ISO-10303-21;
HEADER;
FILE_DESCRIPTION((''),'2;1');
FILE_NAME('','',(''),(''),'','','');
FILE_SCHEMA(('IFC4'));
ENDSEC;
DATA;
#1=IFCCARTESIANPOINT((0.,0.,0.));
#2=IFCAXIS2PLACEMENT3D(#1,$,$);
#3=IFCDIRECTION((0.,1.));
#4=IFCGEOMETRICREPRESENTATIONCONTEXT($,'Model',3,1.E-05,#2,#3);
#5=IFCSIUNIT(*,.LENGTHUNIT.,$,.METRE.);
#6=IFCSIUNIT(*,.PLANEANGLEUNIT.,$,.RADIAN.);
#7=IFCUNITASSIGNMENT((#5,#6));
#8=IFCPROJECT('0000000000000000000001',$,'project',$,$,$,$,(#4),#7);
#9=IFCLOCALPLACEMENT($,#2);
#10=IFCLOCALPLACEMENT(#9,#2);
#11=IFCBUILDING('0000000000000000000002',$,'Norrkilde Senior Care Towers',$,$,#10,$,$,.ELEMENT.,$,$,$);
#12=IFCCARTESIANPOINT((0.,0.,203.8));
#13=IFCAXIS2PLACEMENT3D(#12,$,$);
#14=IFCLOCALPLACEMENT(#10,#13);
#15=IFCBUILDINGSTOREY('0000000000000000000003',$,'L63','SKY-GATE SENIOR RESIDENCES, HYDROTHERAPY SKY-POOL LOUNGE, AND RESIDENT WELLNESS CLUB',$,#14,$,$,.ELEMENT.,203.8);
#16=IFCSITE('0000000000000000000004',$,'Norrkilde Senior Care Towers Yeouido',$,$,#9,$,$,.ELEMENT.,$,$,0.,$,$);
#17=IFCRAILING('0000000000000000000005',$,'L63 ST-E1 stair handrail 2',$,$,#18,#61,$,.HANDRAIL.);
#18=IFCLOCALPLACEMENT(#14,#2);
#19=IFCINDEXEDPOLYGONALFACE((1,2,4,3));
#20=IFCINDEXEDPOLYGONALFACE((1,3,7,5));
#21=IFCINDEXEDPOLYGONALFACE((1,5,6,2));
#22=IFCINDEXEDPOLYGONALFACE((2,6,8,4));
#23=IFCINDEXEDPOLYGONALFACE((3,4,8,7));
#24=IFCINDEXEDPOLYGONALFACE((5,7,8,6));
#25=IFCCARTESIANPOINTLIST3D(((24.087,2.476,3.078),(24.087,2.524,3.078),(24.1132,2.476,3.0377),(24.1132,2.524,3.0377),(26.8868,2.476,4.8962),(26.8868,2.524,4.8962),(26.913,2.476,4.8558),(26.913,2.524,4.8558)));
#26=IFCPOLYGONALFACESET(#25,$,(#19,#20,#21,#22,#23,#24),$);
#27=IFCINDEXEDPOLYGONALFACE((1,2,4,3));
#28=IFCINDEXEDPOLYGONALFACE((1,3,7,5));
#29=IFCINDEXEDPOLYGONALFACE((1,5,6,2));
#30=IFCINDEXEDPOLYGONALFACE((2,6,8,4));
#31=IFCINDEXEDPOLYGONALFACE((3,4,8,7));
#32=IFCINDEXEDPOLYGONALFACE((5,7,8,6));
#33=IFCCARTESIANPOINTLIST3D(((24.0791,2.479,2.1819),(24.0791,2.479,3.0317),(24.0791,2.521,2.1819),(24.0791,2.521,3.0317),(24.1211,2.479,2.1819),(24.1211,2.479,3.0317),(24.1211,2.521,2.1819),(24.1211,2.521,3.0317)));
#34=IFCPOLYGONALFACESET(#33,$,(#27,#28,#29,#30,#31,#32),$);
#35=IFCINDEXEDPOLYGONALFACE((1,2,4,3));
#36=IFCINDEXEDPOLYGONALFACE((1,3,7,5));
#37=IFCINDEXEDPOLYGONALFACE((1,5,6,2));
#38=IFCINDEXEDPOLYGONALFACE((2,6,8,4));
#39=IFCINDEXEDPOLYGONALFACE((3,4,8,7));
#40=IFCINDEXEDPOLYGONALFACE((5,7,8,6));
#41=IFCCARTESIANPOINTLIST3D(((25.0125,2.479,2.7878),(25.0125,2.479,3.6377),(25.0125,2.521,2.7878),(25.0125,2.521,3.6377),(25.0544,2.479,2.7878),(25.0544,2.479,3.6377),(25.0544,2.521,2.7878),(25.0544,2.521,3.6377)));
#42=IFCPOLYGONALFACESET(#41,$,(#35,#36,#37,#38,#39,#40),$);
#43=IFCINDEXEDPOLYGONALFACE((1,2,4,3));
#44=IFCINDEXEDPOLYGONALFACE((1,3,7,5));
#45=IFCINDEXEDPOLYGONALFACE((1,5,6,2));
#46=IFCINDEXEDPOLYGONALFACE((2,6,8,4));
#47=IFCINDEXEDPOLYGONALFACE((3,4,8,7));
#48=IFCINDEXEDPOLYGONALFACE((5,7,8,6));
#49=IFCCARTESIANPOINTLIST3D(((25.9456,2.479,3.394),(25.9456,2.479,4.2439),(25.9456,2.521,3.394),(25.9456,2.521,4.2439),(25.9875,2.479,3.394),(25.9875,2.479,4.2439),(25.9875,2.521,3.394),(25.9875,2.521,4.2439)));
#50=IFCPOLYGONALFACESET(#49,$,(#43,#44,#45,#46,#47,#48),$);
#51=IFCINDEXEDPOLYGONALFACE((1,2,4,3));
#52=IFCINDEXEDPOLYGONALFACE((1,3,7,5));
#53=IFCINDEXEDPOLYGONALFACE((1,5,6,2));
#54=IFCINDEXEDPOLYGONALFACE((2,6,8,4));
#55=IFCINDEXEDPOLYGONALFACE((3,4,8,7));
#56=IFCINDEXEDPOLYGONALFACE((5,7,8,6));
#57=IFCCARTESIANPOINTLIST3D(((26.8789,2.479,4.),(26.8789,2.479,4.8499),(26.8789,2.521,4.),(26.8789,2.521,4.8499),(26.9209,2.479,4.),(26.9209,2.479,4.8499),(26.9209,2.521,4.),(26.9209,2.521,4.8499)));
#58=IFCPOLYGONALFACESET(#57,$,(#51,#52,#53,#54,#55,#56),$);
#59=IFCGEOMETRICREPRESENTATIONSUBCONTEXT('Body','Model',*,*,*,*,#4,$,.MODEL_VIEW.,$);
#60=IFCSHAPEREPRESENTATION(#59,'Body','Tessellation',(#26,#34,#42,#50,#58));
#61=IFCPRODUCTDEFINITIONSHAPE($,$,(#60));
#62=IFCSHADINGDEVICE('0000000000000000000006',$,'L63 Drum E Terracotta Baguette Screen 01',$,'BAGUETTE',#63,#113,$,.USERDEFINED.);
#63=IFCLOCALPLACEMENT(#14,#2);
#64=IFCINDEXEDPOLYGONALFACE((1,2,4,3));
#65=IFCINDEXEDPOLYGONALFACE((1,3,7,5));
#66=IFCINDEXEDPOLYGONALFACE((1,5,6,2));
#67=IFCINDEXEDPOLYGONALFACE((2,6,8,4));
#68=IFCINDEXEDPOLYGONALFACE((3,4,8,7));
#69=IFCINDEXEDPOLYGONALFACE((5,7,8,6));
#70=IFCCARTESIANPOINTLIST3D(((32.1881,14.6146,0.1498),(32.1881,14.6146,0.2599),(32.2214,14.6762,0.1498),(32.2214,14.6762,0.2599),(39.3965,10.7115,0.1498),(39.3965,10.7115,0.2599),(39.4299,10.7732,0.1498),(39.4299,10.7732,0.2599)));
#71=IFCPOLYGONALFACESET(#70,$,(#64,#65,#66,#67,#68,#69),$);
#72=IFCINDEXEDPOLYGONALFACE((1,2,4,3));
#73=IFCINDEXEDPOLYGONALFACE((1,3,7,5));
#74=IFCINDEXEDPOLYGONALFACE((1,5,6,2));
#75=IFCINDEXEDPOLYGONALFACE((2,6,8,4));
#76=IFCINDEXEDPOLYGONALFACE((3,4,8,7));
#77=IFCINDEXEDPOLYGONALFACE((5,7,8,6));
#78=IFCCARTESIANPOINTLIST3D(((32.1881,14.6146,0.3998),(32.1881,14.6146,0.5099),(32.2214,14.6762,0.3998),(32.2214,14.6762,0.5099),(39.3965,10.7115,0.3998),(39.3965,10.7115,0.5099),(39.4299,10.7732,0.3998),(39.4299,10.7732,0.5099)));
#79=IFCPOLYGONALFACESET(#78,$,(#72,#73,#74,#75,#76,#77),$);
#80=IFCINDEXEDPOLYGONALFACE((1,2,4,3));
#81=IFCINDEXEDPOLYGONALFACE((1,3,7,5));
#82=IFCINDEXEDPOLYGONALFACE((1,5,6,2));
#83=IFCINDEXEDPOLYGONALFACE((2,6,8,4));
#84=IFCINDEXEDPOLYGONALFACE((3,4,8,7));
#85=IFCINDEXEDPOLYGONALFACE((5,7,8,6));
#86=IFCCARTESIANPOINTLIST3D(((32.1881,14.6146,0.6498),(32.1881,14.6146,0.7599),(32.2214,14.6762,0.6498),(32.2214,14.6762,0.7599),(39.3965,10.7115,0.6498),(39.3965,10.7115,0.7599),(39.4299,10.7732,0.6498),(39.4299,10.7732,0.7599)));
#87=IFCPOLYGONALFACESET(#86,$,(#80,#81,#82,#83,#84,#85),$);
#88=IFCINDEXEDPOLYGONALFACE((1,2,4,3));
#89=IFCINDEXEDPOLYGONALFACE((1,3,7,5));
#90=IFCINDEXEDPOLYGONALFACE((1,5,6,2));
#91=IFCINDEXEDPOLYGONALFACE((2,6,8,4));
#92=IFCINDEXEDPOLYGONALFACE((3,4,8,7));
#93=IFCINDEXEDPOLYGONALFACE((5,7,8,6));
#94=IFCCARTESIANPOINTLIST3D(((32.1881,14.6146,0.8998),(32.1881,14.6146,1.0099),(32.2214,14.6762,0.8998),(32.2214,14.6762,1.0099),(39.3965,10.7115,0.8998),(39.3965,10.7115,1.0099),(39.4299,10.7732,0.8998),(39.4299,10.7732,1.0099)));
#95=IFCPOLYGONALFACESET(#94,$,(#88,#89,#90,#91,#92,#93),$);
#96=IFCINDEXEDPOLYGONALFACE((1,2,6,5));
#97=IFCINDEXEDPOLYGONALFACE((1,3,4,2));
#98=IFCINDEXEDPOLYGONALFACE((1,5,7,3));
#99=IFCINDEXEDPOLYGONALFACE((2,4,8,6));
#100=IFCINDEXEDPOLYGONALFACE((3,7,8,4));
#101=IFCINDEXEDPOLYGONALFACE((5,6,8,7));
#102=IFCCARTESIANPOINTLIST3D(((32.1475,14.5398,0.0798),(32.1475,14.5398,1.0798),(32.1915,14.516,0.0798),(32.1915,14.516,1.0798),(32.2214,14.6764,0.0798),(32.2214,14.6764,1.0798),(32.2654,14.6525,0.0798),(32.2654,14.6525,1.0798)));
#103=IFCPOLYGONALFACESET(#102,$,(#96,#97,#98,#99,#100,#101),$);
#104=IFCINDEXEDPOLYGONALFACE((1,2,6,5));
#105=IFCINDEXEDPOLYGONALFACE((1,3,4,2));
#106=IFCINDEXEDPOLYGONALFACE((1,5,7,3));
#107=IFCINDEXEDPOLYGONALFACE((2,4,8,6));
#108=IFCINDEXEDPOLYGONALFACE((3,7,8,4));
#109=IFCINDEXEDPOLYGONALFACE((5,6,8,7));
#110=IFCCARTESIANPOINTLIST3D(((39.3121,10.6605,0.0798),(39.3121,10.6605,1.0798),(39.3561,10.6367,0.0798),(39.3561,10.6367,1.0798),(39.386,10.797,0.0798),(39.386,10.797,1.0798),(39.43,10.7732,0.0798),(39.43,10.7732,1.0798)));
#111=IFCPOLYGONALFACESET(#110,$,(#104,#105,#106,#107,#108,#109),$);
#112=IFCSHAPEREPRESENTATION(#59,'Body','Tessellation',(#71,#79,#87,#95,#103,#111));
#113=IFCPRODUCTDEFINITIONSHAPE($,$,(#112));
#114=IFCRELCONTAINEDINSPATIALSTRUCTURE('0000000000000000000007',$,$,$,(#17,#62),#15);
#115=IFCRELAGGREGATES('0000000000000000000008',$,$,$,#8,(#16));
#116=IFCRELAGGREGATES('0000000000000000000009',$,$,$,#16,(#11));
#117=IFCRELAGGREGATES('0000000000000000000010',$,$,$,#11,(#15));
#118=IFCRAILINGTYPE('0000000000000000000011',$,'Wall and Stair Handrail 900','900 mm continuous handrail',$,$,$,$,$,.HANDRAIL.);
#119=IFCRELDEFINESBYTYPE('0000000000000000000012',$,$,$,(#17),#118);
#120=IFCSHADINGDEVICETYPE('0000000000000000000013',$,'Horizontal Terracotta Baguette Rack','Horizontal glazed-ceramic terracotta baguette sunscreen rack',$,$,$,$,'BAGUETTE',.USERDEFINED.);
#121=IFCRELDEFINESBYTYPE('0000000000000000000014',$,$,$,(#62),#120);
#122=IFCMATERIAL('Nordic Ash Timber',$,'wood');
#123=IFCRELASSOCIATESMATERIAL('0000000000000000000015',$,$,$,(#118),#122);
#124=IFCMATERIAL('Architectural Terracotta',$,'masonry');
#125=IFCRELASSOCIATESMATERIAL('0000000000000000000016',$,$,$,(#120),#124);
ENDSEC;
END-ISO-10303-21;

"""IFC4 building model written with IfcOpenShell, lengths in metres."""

from ifc_helpers import new_model, si_unit, direction, frame, origin, origin_2d, place, context, subcontext, project, spatial, rectangle, extrude, source, transform, mapped, material, type_object, type_shapes, element, save


model = new_model("IFC4")

# Units and contexts
model_context = context("Model", 3, precision=1e-05, world=origin(), true_north=direction((0.0, 1.0)))
body_context = subcontext(model_context, "Body", "Model", "MODEL_VIEW")
ifc_project = project(units=[si_unit("LENGTHUNIT", "METRE"), si_unit("PLANEANGLEUNIT", "RADIAN")], contexts=[model_context])

# Site, building, storey
site_placement = place(None, origin())
site = spatial("IfcSite", under=ifc_project, at=site_placement, Name="Norrkilde Senior Care Towers Yeouido", CompositionType="ELEMENT", RefElevation=0.0)
building_placement = place(site_placement, origin())
building = spatial("IfcBuilding", under=site, at=building_placement, Name="Norrkilde Senior Care Towers", CompositionType="ELEMENT")
storey_placement = place(building_placement, frame((0.0, 0.0, 203.8)))
storey = spatial("IfcBuildingStorey", under=building, at=storey_placement, Name="L63", Description="SKY-GATE SENIOR RESIDENCES, HYDROTHERAPY SKY-POOL LOUNGE, AND RESIDENT WELLNESS CLUB", CompositionType="ELEMENT", Elevation=203.8)

# Shared definitions
ifc_material_1 = material(Name="Nordic Ash Timber", Category="wood")

# Railing
railing_type_1 = type_object("IfcRailingType", Name="Wall and Stair Handrail 900", Description="900 mm continuous handrail", PredefinedType="HANDRAIL", material=ifc_material_1)
railing_1_placement = place(storey_placement, frame((24.1001, 2.5, 2.1819)))
element("IfcRailing", 1, at=railing_1_placement, inside=storey, type_object=railing_type_1, Name="L63 ST-E1 stair handrail 2", PredefinedType="HANDRAIL", context=body_context, shape_type="SweptSolid", body=[
    extrude(rectangle(XDim=0.0481, YDim=0.0481, at=origin_2d()), frame((0.0, 0.0, 0.876), z_axis=(0.838684, 0.0, 0.544618), x_axis=(0.0, 1.0, 0.0)), (0.0, 0.0, 1.0), 3.3384),
    extrude(rectangle(XDim=0.042, YDim=0.042, at=origin_2d()), origin(), (0.0, 0.0, 1.0), 0.8499),
    extrude(rectangle(XDim=0.042, YDim=0.042, at=origin_2d()), frame((0.9333, 0.0, 0.606)), (0.0, 0.0, 1.0), 0.8499),
    extrude(rectangle(XDim=0.042, YDim=0.042, at=origin_2d()), frame((1.8665, 0.0, 1.2122)), (0.0, 0.0, 1.0), 0.8499),
    extrude(rectangle(XDim=0.042, YDim=0.042, at=origin_2d()), frame((2.7998, 0.0, 1.8181)), (0.0, 0.0, 1.0), 0.8499),
])

# Shading device
ifc_material_2 = material(Name="Architectural Terracotta", Category="masonry")
shading_device_type = type_object("IfcShadingDeviceType", Name="Horizontal Terracotta Baguette Rack", Description="Horizontal glazed-ceramic terracotta baguette sunscreen rack", ElementType="BAGUETTE", PredefinedType="USERDEFINED", material=ifc_material_2)
shared_shape_1 = source(origin(), body_context, "Body", "SweptSolid", [
    extrude(rectangle(XDim=0.0701, YDim=0.1101, at=origin_2d()), frame((0.0, 0.0901, 0.125), z_axis=(1.0, 0.0, 0.0), x_axis=(0.0, 1.0, 0.0)), (0.0, 0.0, 1.0), 8.1973),
    extrude(rectangle(XDim=0.0701, YDim=0.1101, at=origin_2d()), frame((0.0, 0.0901, 0.375), z_axis=(1.0, 0.0, 0.0), x_axis=(0.0, 1.0, 0.0)), (0.0, 0.0, 1.0), 8.1973),
    extrude(rectangle(XDim=0.0701, YDim=0.1101, at=origin_2d()), frame((0.0, 0.0901, 0.625), z_axis=(1.0, 0.0, 0.0), x_axis=(0.0, 1.0, 0.0)), (0.0, 0.0, 1.0), 8.1973),
    extrude(rectangle(XDim=0.0701, YDim=0.1101, at=origin_2d()), frame((0.0, 0.0901, 0.875), z_axis=(1.0, 0.0, 0.0), x_axis=(0.0, 1.0, 0.0)), (0.0, 0.0, 1.0), 8.1973),
    extrude(rectangle(XDim=0.05, YDim=0.1553, at=origin_2d()), frame((0.0249, 0.0476, 0.0)), (0.0, 0.0, 1.0), 1.0),
    extrude(rectangle(XDim=0.05, YDim=0.1553, at=origin_2d()), frame((8.1724, 0.0476, 0.0)), (0.0, 0.0, 1.0), 1.0),
])
type_shapes(shading_device_type, [shared_shape_1])
shading_device_placement = place(storey_placement, frame((32.1619, 14.5662, 0.0798), z_axis=(0.0, 0.0, 1.0), x_axis=(0.879378, -0.476144, 0.0)))
element("IfcShadingDevice", 2, at=shading_device_placement, inside=storey, type_object=shading_device_type, Name="L63 Drum E Terracotta Baguette Screen 01", ObjectType="BAGUETTE", PredefinedType="USERDEFINED", context=body_context, shape_type="MappedRepresentation", body=[
    mapped(shared_shape_1, transform((0.0, 0.0, 0.0), x_axis=(1.0, 0.0, 0.0), y_axis=(0.0, 1.0, 0.0), z_axis=(0.0, 0.0, 1.0), scale=1.0)),
])

save(model, "model.ifc")
